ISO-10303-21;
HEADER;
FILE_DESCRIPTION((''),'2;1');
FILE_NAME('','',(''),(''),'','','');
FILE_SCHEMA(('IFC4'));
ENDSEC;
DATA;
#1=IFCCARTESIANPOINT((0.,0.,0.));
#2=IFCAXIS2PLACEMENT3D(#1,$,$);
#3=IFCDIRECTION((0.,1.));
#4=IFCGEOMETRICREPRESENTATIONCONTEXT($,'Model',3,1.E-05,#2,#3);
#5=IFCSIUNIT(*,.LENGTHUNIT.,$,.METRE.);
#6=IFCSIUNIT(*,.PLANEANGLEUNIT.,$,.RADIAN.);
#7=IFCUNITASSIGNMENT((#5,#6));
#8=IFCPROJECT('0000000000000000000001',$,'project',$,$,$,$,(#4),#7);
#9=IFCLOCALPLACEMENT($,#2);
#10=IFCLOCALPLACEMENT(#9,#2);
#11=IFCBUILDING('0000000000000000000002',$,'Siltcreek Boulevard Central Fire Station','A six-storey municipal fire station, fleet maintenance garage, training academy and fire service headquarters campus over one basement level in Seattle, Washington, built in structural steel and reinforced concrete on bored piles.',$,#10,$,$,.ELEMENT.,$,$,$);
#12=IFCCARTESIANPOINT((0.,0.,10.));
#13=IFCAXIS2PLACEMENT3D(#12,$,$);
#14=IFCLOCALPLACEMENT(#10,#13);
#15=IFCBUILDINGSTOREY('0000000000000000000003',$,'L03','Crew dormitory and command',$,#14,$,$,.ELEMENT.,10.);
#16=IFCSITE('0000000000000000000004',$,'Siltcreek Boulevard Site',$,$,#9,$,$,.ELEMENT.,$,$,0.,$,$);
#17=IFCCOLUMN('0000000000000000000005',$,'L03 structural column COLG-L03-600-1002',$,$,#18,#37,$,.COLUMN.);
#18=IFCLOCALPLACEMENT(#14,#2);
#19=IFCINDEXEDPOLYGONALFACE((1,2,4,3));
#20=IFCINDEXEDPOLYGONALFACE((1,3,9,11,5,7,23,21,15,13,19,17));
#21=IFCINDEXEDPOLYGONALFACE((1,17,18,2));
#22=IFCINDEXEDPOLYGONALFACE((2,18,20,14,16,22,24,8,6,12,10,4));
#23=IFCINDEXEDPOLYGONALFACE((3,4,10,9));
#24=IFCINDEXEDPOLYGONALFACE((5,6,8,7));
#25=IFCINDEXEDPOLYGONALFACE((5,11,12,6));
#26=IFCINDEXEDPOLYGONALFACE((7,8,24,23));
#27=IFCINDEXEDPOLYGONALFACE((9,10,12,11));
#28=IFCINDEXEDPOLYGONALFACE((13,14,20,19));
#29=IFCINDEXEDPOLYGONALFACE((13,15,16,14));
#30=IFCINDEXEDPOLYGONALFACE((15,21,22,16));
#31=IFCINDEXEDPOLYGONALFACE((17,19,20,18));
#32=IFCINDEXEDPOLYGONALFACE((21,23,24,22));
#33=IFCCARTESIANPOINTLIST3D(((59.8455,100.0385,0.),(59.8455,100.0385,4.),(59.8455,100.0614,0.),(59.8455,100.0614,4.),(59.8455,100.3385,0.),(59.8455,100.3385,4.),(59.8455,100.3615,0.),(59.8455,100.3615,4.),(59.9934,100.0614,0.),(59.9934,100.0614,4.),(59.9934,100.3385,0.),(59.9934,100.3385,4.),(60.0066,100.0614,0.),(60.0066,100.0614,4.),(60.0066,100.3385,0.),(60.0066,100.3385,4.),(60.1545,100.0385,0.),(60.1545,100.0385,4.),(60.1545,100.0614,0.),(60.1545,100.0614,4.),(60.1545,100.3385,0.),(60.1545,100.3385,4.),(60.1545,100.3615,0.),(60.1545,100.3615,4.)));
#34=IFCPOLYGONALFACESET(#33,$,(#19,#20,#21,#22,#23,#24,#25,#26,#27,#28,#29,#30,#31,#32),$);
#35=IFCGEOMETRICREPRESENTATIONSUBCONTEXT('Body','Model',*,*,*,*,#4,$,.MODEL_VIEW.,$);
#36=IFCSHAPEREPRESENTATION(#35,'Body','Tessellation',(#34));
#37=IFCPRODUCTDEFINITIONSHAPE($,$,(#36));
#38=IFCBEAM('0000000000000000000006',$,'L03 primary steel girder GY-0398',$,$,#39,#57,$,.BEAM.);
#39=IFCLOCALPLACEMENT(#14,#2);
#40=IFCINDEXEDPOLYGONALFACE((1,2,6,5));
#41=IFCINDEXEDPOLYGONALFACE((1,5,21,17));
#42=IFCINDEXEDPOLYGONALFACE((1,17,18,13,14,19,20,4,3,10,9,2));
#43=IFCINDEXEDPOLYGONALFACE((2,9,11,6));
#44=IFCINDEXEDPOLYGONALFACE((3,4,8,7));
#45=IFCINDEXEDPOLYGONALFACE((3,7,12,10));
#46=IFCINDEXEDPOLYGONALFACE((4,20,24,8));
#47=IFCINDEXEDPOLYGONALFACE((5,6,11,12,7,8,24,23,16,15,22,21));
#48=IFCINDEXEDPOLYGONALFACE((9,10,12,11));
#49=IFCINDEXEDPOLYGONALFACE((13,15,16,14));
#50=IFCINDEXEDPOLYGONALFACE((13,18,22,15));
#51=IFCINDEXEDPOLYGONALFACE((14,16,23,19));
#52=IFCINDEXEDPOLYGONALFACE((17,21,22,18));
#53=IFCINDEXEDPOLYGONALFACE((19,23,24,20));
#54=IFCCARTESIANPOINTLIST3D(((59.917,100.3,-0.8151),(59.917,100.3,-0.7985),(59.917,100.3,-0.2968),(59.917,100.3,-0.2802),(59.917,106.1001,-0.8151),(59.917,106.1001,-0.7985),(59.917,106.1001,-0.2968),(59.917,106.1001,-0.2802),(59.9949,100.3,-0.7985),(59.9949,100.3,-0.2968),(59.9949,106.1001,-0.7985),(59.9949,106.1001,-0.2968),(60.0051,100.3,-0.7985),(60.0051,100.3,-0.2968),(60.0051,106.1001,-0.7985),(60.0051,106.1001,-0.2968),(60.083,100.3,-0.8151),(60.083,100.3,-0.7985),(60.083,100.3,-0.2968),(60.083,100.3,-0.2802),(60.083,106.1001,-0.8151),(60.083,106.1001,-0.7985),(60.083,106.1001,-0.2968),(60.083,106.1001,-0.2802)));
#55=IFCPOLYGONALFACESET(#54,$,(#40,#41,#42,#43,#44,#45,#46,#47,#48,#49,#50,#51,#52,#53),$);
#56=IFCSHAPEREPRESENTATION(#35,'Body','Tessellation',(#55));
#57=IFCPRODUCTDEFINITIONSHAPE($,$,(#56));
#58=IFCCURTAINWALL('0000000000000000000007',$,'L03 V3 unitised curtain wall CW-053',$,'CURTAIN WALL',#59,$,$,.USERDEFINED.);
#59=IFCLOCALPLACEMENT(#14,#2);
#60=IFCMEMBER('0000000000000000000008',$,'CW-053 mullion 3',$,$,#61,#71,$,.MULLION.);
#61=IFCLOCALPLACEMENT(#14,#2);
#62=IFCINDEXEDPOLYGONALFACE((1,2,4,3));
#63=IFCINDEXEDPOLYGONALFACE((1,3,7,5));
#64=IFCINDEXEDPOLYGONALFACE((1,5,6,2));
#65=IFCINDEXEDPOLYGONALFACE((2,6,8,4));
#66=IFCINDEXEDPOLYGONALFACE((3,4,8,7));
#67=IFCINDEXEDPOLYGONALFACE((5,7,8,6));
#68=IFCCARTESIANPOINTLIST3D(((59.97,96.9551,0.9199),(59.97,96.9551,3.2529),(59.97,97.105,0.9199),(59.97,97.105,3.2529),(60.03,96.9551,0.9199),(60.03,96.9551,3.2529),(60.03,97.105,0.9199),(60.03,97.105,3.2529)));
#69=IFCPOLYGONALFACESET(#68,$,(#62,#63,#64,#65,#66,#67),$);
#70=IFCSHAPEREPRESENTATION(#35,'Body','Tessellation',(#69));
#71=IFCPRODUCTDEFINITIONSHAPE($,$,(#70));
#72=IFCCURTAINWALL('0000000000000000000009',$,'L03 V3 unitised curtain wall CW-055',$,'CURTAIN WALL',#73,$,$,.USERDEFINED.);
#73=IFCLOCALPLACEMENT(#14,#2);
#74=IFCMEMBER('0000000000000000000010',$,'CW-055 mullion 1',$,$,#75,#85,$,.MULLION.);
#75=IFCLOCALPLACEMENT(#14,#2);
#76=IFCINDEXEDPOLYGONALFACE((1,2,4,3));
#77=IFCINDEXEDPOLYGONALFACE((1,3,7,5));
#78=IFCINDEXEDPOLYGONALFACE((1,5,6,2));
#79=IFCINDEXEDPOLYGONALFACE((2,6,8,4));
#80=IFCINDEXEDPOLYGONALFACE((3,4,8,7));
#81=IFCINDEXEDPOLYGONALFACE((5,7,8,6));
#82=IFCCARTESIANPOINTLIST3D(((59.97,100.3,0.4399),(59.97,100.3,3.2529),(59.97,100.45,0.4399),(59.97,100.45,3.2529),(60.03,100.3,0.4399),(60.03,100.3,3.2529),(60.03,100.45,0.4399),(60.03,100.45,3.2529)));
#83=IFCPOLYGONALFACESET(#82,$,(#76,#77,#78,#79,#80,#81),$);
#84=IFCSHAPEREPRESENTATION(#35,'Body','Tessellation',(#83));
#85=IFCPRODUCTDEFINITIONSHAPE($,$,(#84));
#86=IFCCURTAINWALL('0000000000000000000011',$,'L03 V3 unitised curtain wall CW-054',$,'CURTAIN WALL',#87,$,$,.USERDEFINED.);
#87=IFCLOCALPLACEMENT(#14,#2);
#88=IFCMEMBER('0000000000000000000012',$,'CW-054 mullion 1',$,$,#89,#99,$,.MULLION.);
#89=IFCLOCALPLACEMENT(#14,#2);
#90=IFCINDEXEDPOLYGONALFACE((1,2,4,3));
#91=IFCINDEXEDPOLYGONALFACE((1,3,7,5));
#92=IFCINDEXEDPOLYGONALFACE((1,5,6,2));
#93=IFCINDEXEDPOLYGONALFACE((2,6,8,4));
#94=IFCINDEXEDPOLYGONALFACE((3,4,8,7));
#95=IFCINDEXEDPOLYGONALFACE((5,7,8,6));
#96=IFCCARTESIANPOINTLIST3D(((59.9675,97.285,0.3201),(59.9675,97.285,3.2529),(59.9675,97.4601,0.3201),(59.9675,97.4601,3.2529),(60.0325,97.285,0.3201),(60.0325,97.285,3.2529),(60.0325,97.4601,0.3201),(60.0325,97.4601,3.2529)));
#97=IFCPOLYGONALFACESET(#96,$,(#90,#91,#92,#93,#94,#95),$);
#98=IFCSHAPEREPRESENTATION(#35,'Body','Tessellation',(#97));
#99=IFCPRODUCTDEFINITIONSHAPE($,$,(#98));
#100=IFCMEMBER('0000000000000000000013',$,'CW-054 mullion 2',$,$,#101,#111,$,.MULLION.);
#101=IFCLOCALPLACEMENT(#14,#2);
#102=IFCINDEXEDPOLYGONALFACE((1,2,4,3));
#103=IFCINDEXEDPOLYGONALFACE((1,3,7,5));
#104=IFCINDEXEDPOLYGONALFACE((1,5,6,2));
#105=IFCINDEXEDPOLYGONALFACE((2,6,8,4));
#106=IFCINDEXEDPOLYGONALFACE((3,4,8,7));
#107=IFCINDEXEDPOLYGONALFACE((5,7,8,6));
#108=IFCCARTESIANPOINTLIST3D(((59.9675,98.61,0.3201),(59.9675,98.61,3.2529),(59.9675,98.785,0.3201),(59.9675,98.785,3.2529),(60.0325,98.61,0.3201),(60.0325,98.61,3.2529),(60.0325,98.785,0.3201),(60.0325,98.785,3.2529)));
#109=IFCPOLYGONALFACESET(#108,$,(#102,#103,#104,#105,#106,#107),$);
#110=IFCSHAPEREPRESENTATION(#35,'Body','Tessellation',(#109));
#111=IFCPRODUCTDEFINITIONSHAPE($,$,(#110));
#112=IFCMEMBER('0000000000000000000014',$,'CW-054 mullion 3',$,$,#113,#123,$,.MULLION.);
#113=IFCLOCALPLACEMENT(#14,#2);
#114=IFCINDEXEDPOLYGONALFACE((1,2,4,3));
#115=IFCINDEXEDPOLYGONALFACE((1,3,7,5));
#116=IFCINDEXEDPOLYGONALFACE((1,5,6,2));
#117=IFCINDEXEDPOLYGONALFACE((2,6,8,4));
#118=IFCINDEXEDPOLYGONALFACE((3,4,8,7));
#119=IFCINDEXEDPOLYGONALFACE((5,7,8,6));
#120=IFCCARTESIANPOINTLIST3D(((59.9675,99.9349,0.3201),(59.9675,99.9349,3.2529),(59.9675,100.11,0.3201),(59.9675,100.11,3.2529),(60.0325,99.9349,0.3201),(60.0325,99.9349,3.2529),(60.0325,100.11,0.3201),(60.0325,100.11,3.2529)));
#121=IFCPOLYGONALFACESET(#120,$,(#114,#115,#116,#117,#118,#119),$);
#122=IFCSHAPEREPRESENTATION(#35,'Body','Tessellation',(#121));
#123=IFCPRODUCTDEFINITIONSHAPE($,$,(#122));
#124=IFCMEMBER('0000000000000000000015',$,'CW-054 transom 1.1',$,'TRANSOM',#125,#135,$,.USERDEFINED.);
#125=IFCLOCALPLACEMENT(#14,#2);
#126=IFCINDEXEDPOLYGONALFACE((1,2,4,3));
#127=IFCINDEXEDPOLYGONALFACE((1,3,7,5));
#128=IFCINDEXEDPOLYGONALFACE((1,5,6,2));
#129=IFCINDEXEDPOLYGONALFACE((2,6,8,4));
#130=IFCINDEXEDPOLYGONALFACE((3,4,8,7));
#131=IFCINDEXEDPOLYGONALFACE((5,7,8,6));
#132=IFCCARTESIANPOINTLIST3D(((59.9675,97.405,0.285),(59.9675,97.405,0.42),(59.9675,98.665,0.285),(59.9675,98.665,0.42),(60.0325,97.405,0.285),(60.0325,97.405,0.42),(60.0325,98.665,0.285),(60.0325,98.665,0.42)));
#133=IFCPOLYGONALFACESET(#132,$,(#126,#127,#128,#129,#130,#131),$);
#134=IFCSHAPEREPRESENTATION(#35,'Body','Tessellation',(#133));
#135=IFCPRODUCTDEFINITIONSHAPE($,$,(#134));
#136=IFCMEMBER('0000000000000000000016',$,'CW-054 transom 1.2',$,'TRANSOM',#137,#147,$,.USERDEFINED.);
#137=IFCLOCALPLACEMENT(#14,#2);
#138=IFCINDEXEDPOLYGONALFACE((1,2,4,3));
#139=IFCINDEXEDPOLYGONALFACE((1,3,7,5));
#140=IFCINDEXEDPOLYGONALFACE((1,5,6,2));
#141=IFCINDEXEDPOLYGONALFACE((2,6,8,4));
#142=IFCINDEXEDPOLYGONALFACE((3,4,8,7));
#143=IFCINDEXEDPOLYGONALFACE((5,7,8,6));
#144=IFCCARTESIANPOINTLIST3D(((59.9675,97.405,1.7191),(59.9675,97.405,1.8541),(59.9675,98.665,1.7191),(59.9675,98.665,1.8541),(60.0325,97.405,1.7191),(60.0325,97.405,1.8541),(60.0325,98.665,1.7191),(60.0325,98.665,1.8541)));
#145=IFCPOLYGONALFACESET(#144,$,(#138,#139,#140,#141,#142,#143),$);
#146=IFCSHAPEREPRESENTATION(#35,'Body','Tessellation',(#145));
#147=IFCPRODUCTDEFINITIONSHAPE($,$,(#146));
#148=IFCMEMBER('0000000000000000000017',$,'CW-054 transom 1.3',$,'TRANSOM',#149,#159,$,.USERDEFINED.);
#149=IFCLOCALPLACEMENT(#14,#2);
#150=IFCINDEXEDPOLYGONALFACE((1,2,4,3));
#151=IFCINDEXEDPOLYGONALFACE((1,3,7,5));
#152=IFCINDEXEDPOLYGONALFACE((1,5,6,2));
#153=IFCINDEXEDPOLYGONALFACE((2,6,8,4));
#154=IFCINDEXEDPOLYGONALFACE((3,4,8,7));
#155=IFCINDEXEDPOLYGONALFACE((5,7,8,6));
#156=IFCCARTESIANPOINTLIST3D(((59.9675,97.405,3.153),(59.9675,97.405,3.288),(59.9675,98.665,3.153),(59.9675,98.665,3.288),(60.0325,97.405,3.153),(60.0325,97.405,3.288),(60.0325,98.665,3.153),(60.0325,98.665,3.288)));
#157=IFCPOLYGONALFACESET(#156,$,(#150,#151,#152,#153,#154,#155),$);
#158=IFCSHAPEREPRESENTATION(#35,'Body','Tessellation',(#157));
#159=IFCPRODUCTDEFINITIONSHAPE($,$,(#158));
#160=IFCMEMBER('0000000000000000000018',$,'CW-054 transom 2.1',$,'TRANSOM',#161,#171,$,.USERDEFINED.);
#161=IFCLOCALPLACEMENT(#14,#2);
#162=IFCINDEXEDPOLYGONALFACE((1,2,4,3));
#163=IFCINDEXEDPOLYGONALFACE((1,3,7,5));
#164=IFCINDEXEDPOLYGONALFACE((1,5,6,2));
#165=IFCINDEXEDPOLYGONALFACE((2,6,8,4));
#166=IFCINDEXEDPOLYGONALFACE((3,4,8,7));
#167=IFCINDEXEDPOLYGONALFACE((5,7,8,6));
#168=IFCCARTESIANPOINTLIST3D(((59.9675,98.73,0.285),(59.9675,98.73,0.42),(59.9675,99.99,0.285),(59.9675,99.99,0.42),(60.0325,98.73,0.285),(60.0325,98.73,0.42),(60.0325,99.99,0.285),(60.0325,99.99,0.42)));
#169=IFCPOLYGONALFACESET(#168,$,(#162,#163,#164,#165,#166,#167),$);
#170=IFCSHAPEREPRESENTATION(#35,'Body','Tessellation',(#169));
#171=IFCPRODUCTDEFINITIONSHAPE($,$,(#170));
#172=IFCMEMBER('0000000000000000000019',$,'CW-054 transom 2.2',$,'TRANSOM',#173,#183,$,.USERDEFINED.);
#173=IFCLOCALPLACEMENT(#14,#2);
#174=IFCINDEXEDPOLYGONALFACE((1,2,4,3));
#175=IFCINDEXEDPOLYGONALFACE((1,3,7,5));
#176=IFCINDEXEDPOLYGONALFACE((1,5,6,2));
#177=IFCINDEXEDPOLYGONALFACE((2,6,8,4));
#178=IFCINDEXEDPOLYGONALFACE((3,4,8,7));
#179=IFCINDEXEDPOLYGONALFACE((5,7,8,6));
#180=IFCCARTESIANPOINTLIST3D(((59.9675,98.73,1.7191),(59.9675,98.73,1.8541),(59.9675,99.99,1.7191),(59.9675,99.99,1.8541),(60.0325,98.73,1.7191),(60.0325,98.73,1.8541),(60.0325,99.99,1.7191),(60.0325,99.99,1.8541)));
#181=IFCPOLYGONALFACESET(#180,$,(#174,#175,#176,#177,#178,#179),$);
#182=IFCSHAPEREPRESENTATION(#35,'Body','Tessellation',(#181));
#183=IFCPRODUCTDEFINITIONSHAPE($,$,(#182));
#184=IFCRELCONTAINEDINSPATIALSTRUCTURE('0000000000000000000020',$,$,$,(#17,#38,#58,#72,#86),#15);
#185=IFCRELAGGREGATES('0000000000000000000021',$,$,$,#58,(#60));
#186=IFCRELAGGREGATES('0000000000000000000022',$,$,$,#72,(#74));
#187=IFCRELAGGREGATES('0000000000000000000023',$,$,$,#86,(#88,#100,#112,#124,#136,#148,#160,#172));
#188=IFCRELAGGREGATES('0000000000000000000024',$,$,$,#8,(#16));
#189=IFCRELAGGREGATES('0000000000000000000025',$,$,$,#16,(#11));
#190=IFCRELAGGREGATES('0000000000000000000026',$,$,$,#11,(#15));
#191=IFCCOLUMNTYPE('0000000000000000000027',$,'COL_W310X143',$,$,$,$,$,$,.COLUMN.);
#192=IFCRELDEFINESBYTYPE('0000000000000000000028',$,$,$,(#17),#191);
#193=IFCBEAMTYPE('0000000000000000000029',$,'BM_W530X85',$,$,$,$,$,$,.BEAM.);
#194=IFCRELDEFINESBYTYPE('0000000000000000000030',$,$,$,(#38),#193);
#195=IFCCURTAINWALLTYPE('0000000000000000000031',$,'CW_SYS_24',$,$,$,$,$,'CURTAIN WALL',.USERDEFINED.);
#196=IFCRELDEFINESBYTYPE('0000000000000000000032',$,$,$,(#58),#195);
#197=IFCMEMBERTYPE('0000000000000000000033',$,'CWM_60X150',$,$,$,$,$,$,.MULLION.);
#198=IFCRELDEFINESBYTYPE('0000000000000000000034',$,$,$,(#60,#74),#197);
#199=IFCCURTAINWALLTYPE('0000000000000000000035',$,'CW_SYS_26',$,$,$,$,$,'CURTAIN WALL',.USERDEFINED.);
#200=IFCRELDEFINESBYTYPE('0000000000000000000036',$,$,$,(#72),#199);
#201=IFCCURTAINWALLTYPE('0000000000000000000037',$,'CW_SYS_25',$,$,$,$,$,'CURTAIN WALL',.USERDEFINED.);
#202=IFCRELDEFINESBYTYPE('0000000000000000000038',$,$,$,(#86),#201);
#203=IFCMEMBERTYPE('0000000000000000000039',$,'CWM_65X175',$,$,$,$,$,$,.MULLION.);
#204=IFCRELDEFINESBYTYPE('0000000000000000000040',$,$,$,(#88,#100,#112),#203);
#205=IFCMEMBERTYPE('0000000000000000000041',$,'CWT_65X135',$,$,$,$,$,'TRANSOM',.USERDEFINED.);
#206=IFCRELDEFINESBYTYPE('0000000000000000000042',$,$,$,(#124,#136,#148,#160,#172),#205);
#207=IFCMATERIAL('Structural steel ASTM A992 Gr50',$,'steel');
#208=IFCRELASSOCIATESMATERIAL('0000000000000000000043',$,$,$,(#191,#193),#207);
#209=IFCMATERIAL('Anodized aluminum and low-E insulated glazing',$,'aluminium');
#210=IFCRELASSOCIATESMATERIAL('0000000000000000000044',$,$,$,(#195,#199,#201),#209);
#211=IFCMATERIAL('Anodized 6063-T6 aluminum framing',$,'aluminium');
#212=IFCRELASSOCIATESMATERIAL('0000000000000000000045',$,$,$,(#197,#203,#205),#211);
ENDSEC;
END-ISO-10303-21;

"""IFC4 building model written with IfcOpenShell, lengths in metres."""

from ifc_helpers import new_model, si_unit, direction, frame, origin, origin_2d, place, context, subcontext, project, spatial, rectangle, i_section, extrude, material, material_profile, profile_set, type_object, element, aggregate, save


model = new_model("IFC4")

# Units and contexts
model_context = context("Model", 3, precision=1e-05, world=origin(), true_north=direction((0.0, 1.0)))
body_context = subcontext(model_context, "Body", "Model", "MODEL_VIEW")
ifc_project = project(units=[si_unit("LENGTHUNIT", "METRE"), si_unit("PLANEANGLEUNIT", "RADIAN")], contexts=[model_context])

# Site, building, storey
site_placement = place(None, origin())
site = spatial("IfcSite", under=ifc_project, at=site_placement, Name="Siltcreek Boulevard Site", CompositionType="ELEMENT", RefElevation=0.0)
building_placement = place(site_placement, origin())
building = spatial("IfcBuilding", under=site, at=building_placement, Name="Siltcreek Boulevard Central Fire Station", Description="A six-storey municipal fire station, fleet maintenance garage, training academy and fire service headquarters campus over one basement level in Seattle, Washington, built in structural steel and reinforced concrete on bored piles.", CompositionType="ELEMENT")
storey_placement = place(building_placement, frame((0.0, 0.0, 10.0)))
storey = spatial("IfcBuildingStorey", under=building, at=storey_placement, Name="L03", Description="Crew dormitory and command", CompositionType="ELEMENT", Elevation=10.0)

# Column
ifc_material_1 = material(Name="Structural steel ASTM A992 Gr50", Category="steel")
ifc_material_profile_1 = material_profile(ifc_material_1, i_section(OverallWidth=0.3091, OverallDepth=0.323, WebThickness=0.0132, FlangeThickness=0.0229, at=origin_2d()), Name="W310X143")
ifc_profile_set_1 = profile_set([ifc_material_profile_1], Name="Structural steel ASTM A992 Gr50")
column_type = type_object("IfcColumnType", Name="COL_W310X143", PredefinedType="COLUMN", material=ifc_profile_set_1)
column_placement = place(storey_placement, frame((60.0, 100.2, 0.0), z_axis=(0.0, 0.0, 1.0), x_axis=(1.0, 0.0, 0.0)))
element("IfcColumn", 1, at=column_placement, inside=storey, type_object=column_type, Name="L03 structural column COLG-L03-600-1002", PredefinedType="COLUMN", context=body_context, shape_type="SweptSolid", body=[
    extrude(i_section(OverallWidth=0.3091, OverallDepth=0.323, WebThickness=0.0132, FlangeThickness=0.0229, at=origin_2d()), origin(), (0.0, 0.0, 1.0), 4.0),
])

# Beam
ifc_material_profile_2 = material_profile(ifc_material_1, i_section(OverallWidth=0.166, OverallDepth=0.5349, WebThickness=0.0103, FlangeThickness=0.0166, at=origin_2d()), Name="W530X85")
ifc_profile_set_2 = profile_set([ifc_material_profile_2], Name="Structural steel ASTM A992 Gr50")
beam_type = type_object("IfcBeamType", Name="BM_W530X85", PredefinedType="BEAM", material=ifc_profile_set_2)
beam_placement = place(storey_placement, frame((60.0, 100.3, -0.5476), z_axis=(0.0, 1.0, 0.0), x_axis=(-1.0, 0.0, 0.0)))
element("IfcBeam", 2, at=beam_placement, inside=storey, type_object=beam_type, Name="L03 primary steel girder GY-0398", PredefinedType="BEAM", context=body_context, shape_type="SweptSolid", body=[
    extrude(i_section(OverallWidth=0.166, OverallDepth=0.5349, WebThickness=0.0103, FlangeThickness=0.0166, at=origin_2d()), origin(), (0.0, 0.0, 1.0), 5.8),
])

# Curtain walls, members
ifc_material_2 = material(Name="Anodized aluminum and low-E insulated glazing", Category="aluminium")
curtain_wall_type_1 = type_object("IfcCurtainWallType", Name="CW_SYS_24", ElementType="CURTAIN WALL", PredefinedType="USERDEFINED", material=ifc_material_2)
curtain_wall_1_placement = place(storey_placement, origin())
curtain_wall_1 = element("IfcCurtainWall", 3, at=curtain_wall_1_placement, inside=storey, type_object=curtain_wall_type_1, Name="L03 V3 unitised curtain wall CW-053", ObjectType="CURTAIN WALL", PredefinedType="USERDEFINED")
ifc_material_3 = material(Name="Anodized 6063-T6 aluminum framing", Category="aluminium")
ifc_material_profile_3 = material_profile(ifc_material_3, rectangle(XDim=0.0601, YDim=0.1499, at=origin_2d()), Name="MULL60X150")
ifc_profile_set_3 = profile_set([ifc_material_profile_3], Name="Anodized 6063-T6 aluminum framing")
member_type_1 = type_object("IfcMemberType", Name="CWM_60X150", PredefinedType="MULLION", material=ifc_profile_set_3)
member_1_placement = place(storey_placement, frame((60.0, 97.03, 0.9199), z_axis=(0.0, 0.0, 1.0), x_axis=(-1.0, 0.0, 0.0)))
member_1 = element("IfcMember", 4, at=member_1_placement, type_object=member_type_1, Name="CW-053 mullion 3", PredefinedType="MULLION", context=body_context, shape_type="SweptSolid", body=[
    extrude(rectangle(XDim=0.0601, YDim=0.1499, at=origin_2d()), origin(), (0.0, 0.0, 1.0), 2.333),
])
aggregate(curtain_wall_1, [member_1])
curtain_wall_type_2 = type_object("IfcCurtainWallType", Name="CW_SYS_26", ElementType="CURTAIN WALL", PredefinedType="USERDEFINED", material=ifc_material_2)
curtain_wall_2_placement = place(storey_placement, origin())
curtain_wall_2 = element("IfcCurtainWall", 5, at=curtain_wall_2_placement, inside=storey, type_object=curtain_wall_type_2, Name="L03 V3 unitised curtain wall CW-055", ObjectType="CURTAIN WALL", PredefinedType="USERDEFINED")
member_2_placement = place(storey_placement, frame((60.0, 100.375, 0.4399), z_axis=(0.0, 0.0, 1.0), x_axis=(-1.0, 0.0, 0.0)))
member_2 = element("IfcMember", 6, at=member_2_placement, type_object=member_type_1, Name="CW-055 mullion 1", PredefinedType="MULLION", context=body_context, shape_type="SweptSolid", body=[
    extrude(rectangle(XDim=0.0601, YDim=0.1499, at=origin_2d()), origin(), (0.0, 0.0, 1.0), 2.813),
])
aggregate(curtain_wall_2, [member_2])

# Curtain wall, members
curtain_wall_type_3 = type_object("IfcCurtainWallType", Name="CW_SYS_25", ElementType="CURTAIN WALL", PredefinedType="USERDEFINED", material=ifc_material_2)
curtain_wall_3_placement = place(storey_placement, origin())
curtain_wall_3 = element("IfcCurtainWall", 7, at=curtain_wall_3_placement, inside=storey, type_object=curtain_wall_type_3, Name="L03 V3 unitised curtain wall CW-054", ObjectType="CURTAIN WALL", PredefinedType="USERDEFINED")
ifc_material_profile_4 = material_profile(ifc_material_3, rectangle(XDim=0.0649, YDim=0.175, at=origin_2d()), Name="MULL65X175")
ifc_profile_set_4 = profile_set([ifc_material_profile_4], Name="Anodized 6063-T6 aluminum framing")
member_type_2 = type_object("IfcMemberType", Name="CWM_65X175", PredefinedType="MULLION", material=ifc_profile_set_4)
member_3_placement = place(storey_placement, frame((60.0, 97.3726, 0.3201), z_axis=(0.0, 0.0, 1.0), x_axis=(-1.0, 0.0, 0.0)))
member_3 = element("IfcMember", 8, at=member_3_placement, type_object=member_type_2, Name="CW-054 mullion 1", PredefinedType="MULLION", context=body_context, shape_type="SweptSolid", body=[
    extrude(rectangle(XDim=0.0649, YDim=0.175, at=origin_2d()), origin(), (0.0, 0.0, 1.0), 2.9329),
])
member_4_placement = place(storey_placement, frame((60.0, 98.6975, 0.3201), z_axis=(0.0, 0.0, 1.0), x_axis=(-1.0, 0.0, 0.0)))
member_4 = element("IfcMember", 9, at=member_4_placement, type_object=member_type_2, Name="CW-054 mullion 2", PredefinedType="MULLION", context=body_context, shape_type="SweptSolid", body=[
    extrude(rectangle(XDim=0.0649, YDim=0.175, at=origin_2d()), origin(), (0.0, 0.0, 1.0), 2.9329),
])
member_5_placement = place(storey_placement, frame((60.0, 100.0225, 0.3201), z_axis=(0.0, 0.0, 1.0), x_axis=(-1.0, 0.0, 0.0)))
member_5 = element("IfcMember", 10, at=member_5_placement, type_object=member_type_2, Name="CW-054 mullion 3", PredefinedType="MULLION", context=body_context, shape_type="SweptSolid", body=[
    extrude(rectangle(XDim=0.0649, YDim=0.175, at=origin_2d()), origin(), (0.0, 0.0, 1.0), 2.9329),
])
ifc_material_profile_5 = material_profile(ifc_material_3, rectangle(XDim=0.0649, YDim=0.135, at=origin_2d()), Name="TRAN65X135")
ifc_profile_set_5 = profile_set([ifc_material_profile_5], Name="Anodized 6063-T6 aluminum framing")
member_type_3 = type_object("IfcMemberType", Name="CWT_65X135", ElementType="TRANSOM", PredefinedType="USERDEFINED", material=ifc_profile_set_5)
member_6_placement = place(storey_placement, frame((60.0, 97.405, 0.3525), z_axis=(0.0, 1.0, 0.0), x_axis=(-1.0, 0.0, 0.0)))
member_6 = element("IfcMember", 11, at=member_6_placement, type_object=member_type_3, Name="CW-054 transom 1.1", ObjectType="TRANSOM", PredefinedType="USERDEFINED", context=body_context, shape_type="SweptSolid", body=[
    extrude(rectangle(XDim=0.0649, YDim=0.135, at=origin_2d()), origin(), (0.0, 0.0, 1.0), 1.26),
])
member_7_placement = place(storey_placement, frame((60.0, 97.405, 1.7866), z_axis=(0.0, 1.0, 0.0), x_axis=(-1.0, 0.0, 0.0)))
member_7 = element("IfcMember", 12, at=member_7_placement, type_object=member_type_3, Name="CW-054 transom 1.2", ObjectType="TRANSOM", PredefinedType="USERDEFINED", context=body_context, shape_type="SweptSolid", body=[
    extrude(rectangle(XDim=0.0649, YDim=0.135, at=origin_2d()), origin(), (0.0, 0.0, 1.0), 1.26),
])
member_8_placement = place(storey_placement, frame((60.0, 97.405, 3.2205), z_axis=(0.0, 1.0, 0.0), x_axis=(-1.0, 0.0, 0.0)))
member_8 = element("IfcMember", 13, at=member_8_placement, type_object=member_type_3, Name="CW-054 transom 1.3", ObjectType="TRANSOM", PredefinedType="USERDEFINED", context=body_context, shape_type="SweptSolid", body=[
    extrude(rectangle(XDim=0.0649, YDim=0.135, at=origin_2d()), origin(), (0.0, 0.0, 1.0), 1.26),
])
member_9_placement = place(storey_placement, frame((60.0, 98.73, 0.3525), z_axis=(0.0, 1.0, 0.0), x_axis=(-1.0, 0.0, 0.0)))
member_9 = element("IfcMember", 14, at=member_9_placement, type_object=member_type_3, Name="CW-054 transom 2.1", ObjectType="TRANSOM", PredefinedType="USERDEFINED", context=body_context, shape_type="SweptSolid", body=[
    extrude(rectangle(XDim=0.0649, YDim=0.135, at=origin_2d()), origin(), (0.0, 0.0, 1.0), 1.26),
])
member_10_placement = place(storey_placement, frame((60.0, 98.73, 1.7866), z_axis=(0.0, 1.0, 0.0), x_axis=(-1.0, 0.0, 0.0)))
member_10 = element("IfcMember", 15, at=member_10_placement, type_object=member_type_3, Name="CW-054 transom 2.2", ObjectType="TRANSOM", PredefinedType="USERDEFINED", context=body_context, shape_type="SweptSolid", body=[
    extrude(rectangle(XDim=0.0649, YDim=0.135, at=origin_2d()), origin(), (0.0, 0.0, 1.0), 1.26),
])
aggregate(curtain_wall_3, [member_3, member_4, member_5, member_6, member_7, member_8, member_9, member_10])

save(model, "model.ifc")
